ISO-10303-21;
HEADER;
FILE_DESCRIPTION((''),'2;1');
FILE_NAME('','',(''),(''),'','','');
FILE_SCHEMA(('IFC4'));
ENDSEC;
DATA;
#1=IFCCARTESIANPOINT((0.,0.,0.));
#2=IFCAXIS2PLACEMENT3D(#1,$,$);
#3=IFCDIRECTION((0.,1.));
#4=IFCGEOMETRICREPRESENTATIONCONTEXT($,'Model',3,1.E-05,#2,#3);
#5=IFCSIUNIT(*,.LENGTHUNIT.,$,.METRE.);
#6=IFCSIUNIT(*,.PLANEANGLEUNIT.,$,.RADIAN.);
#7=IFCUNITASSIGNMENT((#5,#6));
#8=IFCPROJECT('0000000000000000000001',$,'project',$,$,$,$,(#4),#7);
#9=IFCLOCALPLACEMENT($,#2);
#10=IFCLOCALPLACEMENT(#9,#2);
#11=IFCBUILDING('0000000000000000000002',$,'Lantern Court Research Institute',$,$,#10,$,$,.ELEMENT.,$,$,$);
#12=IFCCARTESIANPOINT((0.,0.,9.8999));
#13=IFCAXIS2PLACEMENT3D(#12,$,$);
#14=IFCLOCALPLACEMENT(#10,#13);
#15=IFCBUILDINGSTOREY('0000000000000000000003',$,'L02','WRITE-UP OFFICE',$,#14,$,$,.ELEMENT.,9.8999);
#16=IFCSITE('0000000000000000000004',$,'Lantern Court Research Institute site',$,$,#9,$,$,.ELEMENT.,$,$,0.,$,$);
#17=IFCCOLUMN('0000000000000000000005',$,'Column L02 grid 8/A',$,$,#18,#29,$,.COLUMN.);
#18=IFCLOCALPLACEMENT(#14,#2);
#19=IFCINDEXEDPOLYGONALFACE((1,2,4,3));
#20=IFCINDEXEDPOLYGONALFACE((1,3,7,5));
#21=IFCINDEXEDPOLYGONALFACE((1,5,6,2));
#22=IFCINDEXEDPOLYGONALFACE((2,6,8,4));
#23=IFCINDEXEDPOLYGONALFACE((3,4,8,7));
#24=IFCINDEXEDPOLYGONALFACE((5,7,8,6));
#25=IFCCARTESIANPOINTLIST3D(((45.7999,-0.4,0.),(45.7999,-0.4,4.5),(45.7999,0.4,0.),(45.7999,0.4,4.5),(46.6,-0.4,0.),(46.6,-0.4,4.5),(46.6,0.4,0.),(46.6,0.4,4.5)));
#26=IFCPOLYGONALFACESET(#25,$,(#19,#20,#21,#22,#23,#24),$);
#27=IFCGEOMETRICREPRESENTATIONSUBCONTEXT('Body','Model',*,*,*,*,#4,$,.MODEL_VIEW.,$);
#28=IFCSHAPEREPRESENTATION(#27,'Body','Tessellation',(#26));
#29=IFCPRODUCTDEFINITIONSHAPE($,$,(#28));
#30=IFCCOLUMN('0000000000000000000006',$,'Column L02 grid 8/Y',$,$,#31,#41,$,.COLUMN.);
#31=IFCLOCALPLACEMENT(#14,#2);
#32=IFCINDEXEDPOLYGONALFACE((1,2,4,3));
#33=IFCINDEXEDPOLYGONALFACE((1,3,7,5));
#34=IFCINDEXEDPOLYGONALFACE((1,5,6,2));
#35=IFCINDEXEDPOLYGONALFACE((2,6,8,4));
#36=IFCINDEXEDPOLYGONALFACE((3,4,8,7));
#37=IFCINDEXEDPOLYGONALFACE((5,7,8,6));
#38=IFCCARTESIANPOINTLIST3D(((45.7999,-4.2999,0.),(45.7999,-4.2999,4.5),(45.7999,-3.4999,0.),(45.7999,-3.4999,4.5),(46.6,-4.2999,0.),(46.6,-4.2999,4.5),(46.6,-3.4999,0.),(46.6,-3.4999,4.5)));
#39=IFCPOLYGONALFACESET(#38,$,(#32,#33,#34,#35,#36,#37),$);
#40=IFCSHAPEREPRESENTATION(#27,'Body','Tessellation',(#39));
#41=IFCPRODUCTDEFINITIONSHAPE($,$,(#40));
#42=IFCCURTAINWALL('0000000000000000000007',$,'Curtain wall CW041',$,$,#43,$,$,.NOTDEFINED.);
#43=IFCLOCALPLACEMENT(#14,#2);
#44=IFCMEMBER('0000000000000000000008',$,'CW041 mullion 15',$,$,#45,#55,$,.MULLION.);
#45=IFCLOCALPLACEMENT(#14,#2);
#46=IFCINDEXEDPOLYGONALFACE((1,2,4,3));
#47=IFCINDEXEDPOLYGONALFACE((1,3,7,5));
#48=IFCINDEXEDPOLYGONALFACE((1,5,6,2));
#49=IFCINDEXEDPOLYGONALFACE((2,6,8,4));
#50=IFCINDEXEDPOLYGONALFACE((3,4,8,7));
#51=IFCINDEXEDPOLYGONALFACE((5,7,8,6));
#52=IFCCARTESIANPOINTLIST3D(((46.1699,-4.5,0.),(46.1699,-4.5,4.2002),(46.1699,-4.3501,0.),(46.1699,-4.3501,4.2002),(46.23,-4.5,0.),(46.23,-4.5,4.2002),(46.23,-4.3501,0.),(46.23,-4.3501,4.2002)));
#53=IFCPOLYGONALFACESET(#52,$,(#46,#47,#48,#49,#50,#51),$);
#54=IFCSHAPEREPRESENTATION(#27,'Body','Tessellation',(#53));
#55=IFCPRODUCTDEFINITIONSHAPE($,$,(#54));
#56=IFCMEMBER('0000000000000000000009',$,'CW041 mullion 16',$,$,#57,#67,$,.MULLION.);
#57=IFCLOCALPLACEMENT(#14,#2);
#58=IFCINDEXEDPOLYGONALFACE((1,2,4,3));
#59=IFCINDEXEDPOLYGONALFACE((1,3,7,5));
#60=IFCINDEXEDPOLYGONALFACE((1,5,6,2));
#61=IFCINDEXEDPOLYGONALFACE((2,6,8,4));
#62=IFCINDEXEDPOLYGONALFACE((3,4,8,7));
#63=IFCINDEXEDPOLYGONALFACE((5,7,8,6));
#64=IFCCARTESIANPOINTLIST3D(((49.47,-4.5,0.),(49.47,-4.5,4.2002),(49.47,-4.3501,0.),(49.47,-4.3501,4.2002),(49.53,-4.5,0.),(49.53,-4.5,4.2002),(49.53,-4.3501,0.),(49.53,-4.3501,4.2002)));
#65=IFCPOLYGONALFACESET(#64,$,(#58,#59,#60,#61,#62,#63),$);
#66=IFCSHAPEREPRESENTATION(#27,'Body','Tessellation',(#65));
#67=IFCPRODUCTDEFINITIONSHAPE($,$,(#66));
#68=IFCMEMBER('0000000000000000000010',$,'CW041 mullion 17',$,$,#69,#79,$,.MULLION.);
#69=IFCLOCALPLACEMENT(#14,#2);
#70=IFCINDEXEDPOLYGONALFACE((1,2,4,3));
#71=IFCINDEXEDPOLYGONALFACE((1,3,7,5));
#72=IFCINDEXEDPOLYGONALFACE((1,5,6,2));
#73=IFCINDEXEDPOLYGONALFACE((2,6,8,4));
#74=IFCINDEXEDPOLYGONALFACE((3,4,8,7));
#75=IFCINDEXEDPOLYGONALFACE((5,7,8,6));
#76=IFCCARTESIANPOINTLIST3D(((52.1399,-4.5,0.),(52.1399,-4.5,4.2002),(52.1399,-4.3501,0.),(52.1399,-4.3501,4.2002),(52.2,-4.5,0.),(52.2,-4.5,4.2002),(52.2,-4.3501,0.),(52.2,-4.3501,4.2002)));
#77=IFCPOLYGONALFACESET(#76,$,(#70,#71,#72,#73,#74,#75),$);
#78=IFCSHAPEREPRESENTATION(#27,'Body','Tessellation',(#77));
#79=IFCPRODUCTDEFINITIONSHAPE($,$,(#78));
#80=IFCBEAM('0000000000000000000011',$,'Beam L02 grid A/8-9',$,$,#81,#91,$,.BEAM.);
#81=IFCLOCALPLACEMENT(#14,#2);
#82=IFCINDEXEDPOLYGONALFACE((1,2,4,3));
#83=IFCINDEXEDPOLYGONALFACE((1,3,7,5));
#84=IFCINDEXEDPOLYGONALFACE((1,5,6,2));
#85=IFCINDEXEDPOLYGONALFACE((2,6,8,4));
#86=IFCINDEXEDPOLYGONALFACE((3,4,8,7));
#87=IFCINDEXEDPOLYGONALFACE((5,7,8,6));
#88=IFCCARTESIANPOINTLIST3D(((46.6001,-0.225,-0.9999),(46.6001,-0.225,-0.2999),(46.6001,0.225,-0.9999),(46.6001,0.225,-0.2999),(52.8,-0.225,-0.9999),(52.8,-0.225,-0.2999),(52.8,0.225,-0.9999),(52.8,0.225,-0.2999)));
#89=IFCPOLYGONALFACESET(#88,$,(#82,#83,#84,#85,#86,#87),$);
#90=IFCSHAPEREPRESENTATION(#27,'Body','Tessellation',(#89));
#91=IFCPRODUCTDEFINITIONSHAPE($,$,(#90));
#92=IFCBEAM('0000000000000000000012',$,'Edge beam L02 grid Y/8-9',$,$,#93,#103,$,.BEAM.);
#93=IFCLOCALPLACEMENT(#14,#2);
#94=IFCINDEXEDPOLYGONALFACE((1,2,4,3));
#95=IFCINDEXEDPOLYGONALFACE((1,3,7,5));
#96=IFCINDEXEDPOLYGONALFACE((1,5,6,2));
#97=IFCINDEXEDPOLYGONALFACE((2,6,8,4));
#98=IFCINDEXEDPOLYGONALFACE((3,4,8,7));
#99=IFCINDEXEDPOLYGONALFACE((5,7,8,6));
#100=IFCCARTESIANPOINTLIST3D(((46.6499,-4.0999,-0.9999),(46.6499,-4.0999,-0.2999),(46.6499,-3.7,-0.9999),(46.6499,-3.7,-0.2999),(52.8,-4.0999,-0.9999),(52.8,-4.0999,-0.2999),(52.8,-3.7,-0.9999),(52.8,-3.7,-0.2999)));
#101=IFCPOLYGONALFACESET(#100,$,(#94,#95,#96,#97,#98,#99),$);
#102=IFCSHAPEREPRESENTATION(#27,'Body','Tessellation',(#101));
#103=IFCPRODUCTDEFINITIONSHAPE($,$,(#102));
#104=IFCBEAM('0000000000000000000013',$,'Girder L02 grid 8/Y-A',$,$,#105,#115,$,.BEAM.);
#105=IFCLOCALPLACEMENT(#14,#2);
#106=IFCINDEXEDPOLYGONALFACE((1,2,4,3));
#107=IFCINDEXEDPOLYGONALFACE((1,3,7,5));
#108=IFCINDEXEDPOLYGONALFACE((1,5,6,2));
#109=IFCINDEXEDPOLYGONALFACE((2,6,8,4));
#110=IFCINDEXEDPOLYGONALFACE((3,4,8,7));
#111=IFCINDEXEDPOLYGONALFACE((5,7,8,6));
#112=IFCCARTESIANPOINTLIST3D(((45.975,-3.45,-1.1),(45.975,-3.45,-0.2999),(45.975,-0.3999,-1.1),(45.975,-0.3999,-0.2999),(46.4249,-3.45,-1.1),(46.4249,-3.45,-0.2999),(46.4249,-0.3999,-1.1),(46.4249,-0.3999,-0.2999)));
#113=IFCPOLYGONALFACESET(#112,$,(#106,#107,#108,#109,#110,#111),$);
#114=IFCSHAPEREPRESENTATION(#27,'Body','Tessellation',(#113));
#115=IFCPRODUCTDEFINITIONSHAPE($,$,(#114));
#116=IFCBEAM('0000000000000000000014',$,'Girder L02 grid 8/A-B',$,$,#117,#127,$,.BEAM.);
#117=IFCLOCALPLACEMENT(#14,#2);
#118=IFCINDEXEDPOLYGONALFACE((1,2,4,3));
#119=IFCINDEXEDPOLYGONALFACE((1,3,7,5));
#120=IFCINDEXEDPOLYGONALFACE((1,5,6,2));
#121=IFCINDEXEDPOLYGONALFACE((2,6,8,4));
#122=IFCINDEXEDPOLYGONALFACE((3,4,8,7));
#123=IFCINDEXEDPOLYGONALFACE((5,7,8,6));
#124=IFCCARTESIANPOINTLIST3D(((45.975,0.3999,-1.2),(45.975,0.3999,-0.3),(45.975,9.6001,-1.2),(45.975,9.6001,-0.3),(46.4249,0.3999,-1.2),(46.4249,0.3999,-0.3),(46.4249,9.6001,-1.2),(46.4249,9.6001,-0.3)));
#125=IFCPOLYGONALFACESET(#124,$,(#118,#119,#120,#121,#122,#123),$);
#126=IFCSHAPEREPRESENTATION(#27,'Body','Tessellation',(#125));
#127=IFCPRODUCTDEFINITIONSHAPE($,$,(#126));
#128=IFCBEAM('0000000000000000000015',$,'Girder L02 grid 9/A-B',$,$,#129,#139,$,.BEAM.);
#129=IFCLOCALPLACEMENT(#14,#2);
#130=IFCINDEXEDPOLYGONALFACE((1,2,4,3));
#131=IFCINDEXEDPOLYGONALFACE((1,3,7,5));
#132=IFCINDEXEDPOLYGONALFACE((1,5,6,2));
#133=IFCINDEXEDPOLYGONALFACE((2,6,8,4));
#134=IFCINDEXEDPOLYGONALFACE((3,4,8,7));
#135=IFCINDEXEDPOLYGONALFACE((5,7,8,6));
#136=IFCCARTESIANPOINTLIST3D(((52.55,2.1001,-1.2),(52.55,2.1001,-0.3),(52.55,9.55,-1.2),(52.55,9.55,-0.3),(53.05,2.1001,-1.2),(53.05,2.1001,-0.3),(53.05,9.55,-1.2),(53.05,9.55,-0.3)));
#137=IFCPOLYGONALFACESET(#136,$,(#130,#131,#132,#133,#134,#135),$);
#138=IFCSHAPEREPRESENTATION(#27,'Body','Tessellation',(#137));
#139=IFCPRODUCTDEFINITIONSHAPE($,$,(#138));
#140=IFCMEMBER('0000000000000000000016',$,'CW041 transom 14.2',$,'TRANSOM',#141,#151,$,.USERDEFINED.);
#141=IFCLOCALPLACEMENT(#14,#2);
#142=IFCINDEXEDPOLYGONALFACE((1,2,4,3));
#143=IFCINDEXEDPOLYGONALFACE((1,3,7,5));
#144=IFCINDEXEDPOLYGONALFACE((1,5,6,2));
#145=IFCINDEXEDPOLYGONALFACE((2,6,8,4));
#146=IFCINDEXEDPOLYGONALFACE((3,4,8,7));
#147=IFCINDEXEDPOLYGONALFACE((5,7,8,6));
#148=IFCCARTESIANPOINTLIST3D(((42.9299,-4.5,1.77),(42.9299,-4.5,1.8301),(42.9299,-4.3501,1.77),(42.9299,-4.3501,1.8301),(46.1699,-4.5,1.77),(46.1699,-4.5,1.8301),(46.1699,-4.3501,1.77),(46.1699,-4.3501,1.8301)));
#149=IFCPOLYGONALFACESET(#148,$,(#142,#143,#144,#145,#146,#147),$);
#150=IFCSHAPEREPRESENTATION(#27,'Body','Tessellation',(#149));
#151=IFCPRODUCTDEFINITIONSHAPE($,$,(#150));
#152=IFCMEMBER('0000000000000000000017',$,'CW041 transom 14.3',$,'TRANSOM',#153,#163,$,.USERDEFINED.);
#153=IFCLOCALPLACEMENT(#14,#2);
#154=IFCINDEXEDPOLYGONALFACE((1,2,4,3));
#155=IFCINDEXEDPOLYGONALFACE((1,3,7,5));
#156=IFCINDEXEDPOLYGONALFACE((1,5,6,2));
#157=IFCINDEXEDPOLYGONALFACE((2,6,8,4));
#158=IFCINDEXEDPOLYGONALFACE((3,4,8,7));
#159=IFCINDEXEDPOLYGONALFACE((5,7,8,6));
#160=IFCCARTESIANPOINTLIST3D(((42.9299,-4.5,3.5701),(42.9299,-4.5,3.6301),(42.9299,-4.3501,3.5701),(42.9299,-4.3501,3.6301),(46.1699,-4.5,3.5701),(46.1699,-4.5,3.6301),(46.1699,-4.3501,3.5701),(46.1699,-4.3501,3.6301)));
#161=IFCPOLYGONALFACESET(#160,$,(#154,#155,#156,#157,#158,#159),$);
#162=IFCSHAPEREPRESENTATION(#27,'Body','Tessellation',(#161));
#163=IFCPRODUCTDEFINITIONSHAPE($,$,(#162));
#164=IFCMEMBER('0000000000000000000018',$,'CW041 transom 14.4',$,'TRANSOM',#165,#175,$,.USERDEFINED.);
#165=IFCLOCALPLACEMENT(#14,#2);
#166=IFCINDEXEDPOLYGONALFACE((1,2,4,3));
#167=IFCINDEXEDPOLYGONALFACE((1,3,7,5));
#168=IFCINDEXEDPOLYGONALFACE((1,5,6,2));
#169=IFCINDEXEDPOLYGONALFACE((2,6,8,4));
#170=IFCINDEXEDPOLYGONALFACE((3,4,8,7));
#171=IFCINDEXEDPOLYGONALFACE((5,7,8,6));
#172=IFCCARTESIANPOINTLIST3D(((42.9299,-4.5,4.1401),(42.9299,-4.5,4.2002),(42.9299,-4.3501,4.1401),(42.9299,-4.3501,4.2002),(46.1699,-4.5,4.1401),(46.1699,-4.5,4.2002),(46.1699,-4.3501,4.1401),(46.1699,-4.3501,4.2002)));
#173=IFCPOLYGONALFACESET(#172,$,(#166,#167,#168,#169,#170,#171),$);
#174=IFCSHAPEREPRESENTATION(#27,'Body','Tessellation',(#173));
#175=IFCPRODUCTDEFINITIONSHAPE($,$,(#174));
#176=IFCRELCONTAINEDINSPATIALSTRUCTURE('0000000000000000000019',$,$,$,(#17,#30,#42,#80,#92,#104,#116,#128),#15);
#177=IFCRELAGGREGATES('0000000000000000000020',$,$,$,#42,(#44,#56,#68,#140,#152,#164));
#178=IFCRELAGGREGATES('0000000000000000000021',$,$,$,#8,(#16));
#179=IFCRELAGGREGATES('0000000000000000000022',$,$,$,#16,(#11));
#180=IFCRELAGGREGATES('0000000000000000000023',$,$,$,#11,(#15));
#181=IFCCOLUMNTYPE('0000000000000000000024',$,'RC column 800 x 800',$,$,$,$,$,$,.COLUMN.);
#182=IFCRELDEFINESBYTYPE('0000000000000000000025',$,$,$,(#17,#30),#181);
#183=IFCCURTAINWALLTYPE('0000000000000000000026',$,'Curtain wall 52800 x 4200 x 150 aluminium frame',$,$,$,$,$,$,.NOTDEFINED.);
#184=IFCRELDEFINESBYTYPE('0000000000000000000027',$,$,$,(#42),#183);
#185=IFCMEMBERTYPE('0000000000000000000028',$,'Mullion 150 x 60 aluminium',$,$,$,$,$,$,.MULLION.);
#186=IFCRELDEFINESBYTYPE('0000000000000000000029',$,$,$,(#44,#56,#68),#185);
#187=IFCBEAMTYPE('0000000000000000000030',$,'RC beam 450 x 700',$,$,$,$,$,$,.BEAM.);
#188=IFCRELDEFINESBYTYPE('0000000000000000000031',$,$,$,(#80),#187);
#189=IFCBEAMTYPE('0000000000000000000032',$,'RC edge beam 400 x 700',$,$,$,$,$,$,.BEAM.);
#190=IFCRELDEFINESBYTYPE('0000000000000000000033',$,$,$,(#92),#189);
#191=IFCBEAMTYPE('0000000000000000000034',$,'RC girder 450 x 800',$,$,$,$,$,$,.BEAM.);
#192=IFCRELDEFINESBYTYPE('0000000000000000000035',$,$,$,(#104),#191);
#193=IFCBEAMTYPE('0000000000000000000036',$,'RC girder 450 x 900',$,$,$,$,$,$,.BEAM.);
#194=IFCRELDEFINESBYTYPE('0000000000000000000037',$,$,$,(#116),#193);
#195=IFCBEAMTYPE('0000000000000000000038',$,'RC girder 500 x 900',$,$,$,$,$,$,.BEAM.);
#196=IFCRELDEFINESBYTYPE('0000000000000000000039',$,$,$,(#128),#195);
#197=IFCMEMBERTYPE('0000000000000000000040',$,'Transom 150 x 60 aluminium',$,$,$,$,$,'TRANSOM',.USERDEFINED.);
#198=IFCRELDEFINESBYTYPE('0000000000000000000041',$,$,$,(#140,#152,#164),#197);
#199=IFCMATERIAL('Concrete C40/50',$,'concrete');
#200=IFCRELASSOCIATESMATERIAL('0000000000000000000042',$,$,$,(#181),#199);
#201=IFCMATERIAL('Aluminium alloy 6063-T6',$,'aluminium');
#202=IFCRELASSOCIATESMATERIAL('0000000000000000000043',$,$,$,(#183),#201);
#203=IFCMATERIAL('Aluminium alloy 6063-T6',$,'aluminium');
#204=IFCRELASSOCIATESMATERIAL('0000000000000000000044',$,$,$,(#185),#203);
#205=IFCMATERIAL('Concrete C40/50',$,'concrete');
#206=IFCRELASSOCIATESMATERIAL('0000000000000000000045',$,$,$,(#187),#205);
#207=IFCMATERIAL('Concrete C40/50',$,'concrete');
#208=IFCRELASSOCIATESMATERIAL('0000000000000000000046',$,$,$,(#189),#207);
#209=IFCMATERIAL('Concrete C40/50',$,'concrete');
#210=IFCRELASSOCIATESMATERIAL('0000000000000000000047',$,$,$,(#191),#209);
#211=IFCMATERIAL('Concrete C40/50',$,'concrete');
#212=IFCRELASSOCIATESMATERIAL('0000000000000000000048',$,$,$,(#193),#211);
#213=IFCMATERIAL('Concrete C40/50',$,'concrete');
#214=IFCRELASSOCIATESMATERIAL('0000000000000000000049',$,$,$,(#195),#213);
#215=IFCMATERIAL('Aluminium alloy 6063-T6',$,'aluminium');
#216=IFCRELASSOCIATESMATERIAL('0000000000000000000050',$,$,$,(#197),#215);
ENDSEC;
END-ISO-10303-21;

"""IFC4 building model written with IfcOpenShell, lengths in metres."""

from ifc_helpers import new_model, si_unit, direction, frame, origin, origin_2d, place, context, subcontext, project, spatial, rectangle, extrude, material, material_profile, profile_set, type_object, element, aggregate, save


model = new_model("IFC4")

# Units and contexts
model_context = context("Model", 3, precision=1e-05, world=origin(), true_north=direction((0.0, 1.0)))
body_context = subcontext(model_context, "Body", "Model", "MODEL_VIEW")
ifc_project = project(units=[si_unit("LENGTHUNIT", "METRE"), si_unit("PLANEANGLEUNIT", "RADIAN")], contexts=[model_context])

# Site, building, storey
site_placement = place(None, origin())
site = spatial("IfcSite", under=ifc_project, at=site_placement, Name="Lantern Court Research Institute site", CompositionType="ELEMENT", RefElevation=0.0)
building_placement = place(site_placement, origin())
building = spatial("IfcBuilding", under=site, at=building_placement, Name="Lantern Court Research Institute", CompositionType="ELEMENT")
storey_placement = place(building_placement, frame((0.0, 0.0, 9.8999)))
storey = spatial("IfcBuildingStorey", under=building, at=storey_placement, Name="L02", Description="WRITE-UP OFFICE", CompositionType="ELEMENT", Elevation=9.8999)

# Columns
ifc_material_1 = material(Name="Concrete C40/50", Category="concrete")
ifc_material_profile_1 = material_profile(ifc_material_1, rectangle(XDim=0.8, YDim=0.8, at=origin_2d()), Name="RC column 800 x 800")
ifc_profile_set_1 = profile_set([ifc_material_profile_1], Name="Concrete C40/50")
column_type = type_object("IfcColumnType", Name="RC column 800 x 800", PredefinedType="COLUMN", material=ifc_profile_set_1)
for number, where, z_axis, x_axis, name in (
    (1, (46.2, 0.0, 0.0), (0.0, 0.0, 1.0), (1.0, 0.0, 0.0), "Column L02 grid 8/A"),
    (2, (46.2, -3.8999, 0.0), (0.0, 0.0, 1.0), (1.0, 0.0, 0.0), "Column L02 grid 8/Y"),
):
    element("IfcColumn", number, at=place(storey_placement, frame(where, z_axis=z_axis, x_axis=x_axis)), inside=storey, type_object=column_type, Name=name, PredefinedType="COLUMN", context=body_context, shape_type="SweptSolid", body=[
        extrude(rectangle(XDim=0.8, YDim=0.8, at=origin_2d()), origin(), (0.0, 0.0, 1.0), 4.5),
    ])

# Curtain wall, members
ifc_material_2 = material(Name="Aluminium alloy 6063-T6", Category="aluminium")
curtain_wall_type = type_object("IfcCurtainWallType", Name="Curtain wall 52800 x 4200 x 150 aluminium frame", PredefinedType="NOTDEFINED", material=ifc_material_2)
curtain_wall_placement = place(storey_placement, origin())
curtain_wall = element("IfcCurtainWall", 3, at=curtain_wall_placement, inside=storey, type_object=curtain_wall_type, Name="Curtain wall CW041", PredefinedType="NOTDEFINED")
ifc_material_3 = material(Name="Aluminium alloy 6063-T6", Category="aluminium")
ifc_material_profile_2 = material_profile(ifc_material_3, rectangle(XDim=0.1499, YDim=0.0601, at=origin_2d()), Name="Mullion 150 x 60")
ifc_profile_set_2 = profile_set([ifc_material_profile_2], Name="Aluminium alloy 6063-T6")
member_type_1 = type_object("IfcMemberType", Name="Mullion 150 x 60 aluminium", PredefinedType="MULLION", material=ifc_profile_set_2)
member_1_placement = place(storey_placement, frame((46.2, -4.425, 0.0), z_axis=(0.0, 0.0, 1.0), x_axis=(0.0, -1.0, 0.0)))
member_1 = element("IfcMember", 4, at=member_1_placement, type_object=member_type_1, Name="CW041 mullion 15", PredefinedType="MULLION", context=body_context, shape_type="SweptSolid", body=[
    extrude(rectangle(XDim=0.1499, YDim=0.0601, at=origin_2d()), origin(), (0.0, 0.0, 1.0), 4.2002),
])
member_2_placement = place(storey_placement, frame((49.5, -4.425, 0.0), z_axis=(0.0, 0.0, 1.0), x_axis=(0.0, -1.0, 0.0)))
member_2 = element("IfcMember", 5, at=member_2_placement, type_object=member_type_1, Name="CW041 mullion 16", PredefinedType="MULLION", context=body_context, shape_type="SweptSolid", body=[
    extrude(rectangle(XDim=0.1499, YDim=0.0601, at=origin_2d()), origin(), (0.0, 0.0, 1.0), 4.2002),
])
member_3_placement = place(storey_placement, frame((52.1699, -4.425, 0.0), z_axis=(0.0, 0.0, 1.0), x_axis=(0.0, -1.0, 0.0)))
member_3 = element("IfcMember", 6, at=member_3_placement, type_object=member_type_1, Name="CW041 mullion 17", PredefinedType="MULLION", context=body_context, shape_type="SweptSolid", body=[
    extrude(rectangle(XDim=0.1499, YDim=0.0601, at=origin_2d()), origin(), (0.0, 0.0, 1.0), 4.2002),
])

# Beams
ifc_material_4 = material(Name="Concrete C40/50", Category="concrete")
ifc_material_profile_3 = material_profile(ifc_material_4, rectangle(XDim=0.45, YDim=0.7, at=origin_2d()), Name="RC beam 450 x 700")
ifc_profile_set_3 = profile_set([ifc_material_profile_3], Name="Concrete C40/50")
beam_type_1 = type_object("IfcBeamType", Name="RC beam 450 x 700", PredefinedType="BEAM", material=ifc_profile_set_3)
beam_1_placement = place(storey_placement, frame((46.6001, 0.0, -0.6499), z_axis=(1.0, 0.0, 0.0), x_axis=(0.0, 1.0, 0.0)))
element("IfcBeam", 7, at=beam_1_placement, inside=storey, type_object=beam_type_1, Name="Beam L02 grid A/8-9", PredefinedType="BEAM", context=body_context, shape_type="SweptSolid", body=[
    extrude(rectangle(XDim=0.45, YDim=0.7, at=origin_2d()), origin(), (0.0, 0.0, 1.0), 6.2),
])
ifc_material_5 = material(Name="Concrete C40/50", Category="concrete")
ifc_material_profile_4 = material_profile(ifc_material_5, rectangle(XDim=0.3999, YDim=0.7, at=origin_2d()), Name="RC beam 400 x 700")
ifc_profile_set_4 = profile_set([ifc_material_profile_4], Name="Concrete C40/50")
beam_type_2 = type_object("IfcBeamType", Name="RC edge beam 400 x 700", PredefinedType="BEAM", material=ifc_profile_set_4)
beam_2_placement = place(storey_placement, frame((46.6499, -3.8999, -0.6499), z_axis=(1.0, 0.0, 0.0), x_axis=(0.0, 1.0, 0.0)))
element("IfcBeam", 8, at=beam_2_placement, inside=storey, type_object=beam_type_2, Name="Edge beam L02 grid Y/8-9", PredefinedType="BEAM", context=body_context, shape_type="SweptSolid", body=[
    extrude(rectangle(XDim=0.3999, YDim=0.7, at=origin_2d()), origin(), (0.0, 0.0, 1.0), 6.1501),
])
ifc_material_6 = material(Name="Concrete C40/50", Category="concrete")
ifc_material_profile_5 = material_profile(ifc_material_6, rectangle(XDim=0.45, YDim=0.8, at=origin_2d()), Name="RC beam 450 x 800")
ifc_profile_set_5 = profile_set([ifc_material_profile_5], Name="Concrete C40/50")
beam_type_3 = type_object("IfcBeamType", Name="RC girder 450 x 800", PredefinedType="BEAM", material=ifc_profile_set_5)
beam_3_placement = place(storey_placement, frame((46.2, -3.45, -0.7), z_axis=(0.0, 1.0, 0.0), x_axis=(-1.0, 0.0, 0.0)))
element("IfcBeam", 9, at=beam_3_placement, inside=storey, type_object=beam_type_3, Name="Girder L02 grid 8/Y-A", PredefinedType="BEAM", context=body_context, shape_type="SweptSolid", body=[
    extrude(rectangle(XDim=0.45, YDim=0.8, at=origin_2d()), origin(), (0.0, 0.0, 1.0), 3.05),
])
ifc_material_7 = material(Name="Concrete C40/50", Category="concrete")
ifc_material_profile_6 = material_profile(ifc_material_7, rectangle(XDim=0.45, YDim=0.8999, at=origin_2d()), Name="RC beam 450 x 900")
ifc_profile_set_6 = profile_set([ifc_material_profile_6], Name="Concrete C40/50")
beam_type_4 = type_object("IfcBeamType", Name="RC girder 450 x 900", PredefinedType="BEAM", material=ifc_profile_set_6)
beam_4_placement = place(storey_placement, frame((46.2, 0.3999, -0.75), z_axis=(0.0, 1.0, 0.0), x_axis=(-1.0, 0.0, 0.0)))
element("IfcBeam", 10, at=beam_4_placement, inside=storey, type_object=beam_type_4, Name="Girder L02 grid 8/A-B", PredefinedType="BEAM", context=body_context, shape_type="SweptSolid", body=[
    extrude(rectangle(XDim=0.45, YDim=0.8999, at=origin_2d()), origin(), (0.0, 0.0, 1.0), 9.2002),
])
ifc_material_8 = material(Name="Concrete C40/50", Category="concrete")
ifc_material_profile_7 = material_profile(ifc_material_8, rectangle(XDim=0.5, YDim=0.8999, at=origin_2d()), Name="RC beam 500 x 900")
ifc_profile_set_7 = profile_set([ifc_material_profile_7], Name="Concrete C40/50")
beam_type_5 = type_object("IfcBeamType", Name="RC girder 500 x 900", PredefinedType="BEAM", material=ifc_profile_set_7)
beam_5_placement = place(storey_placement, frame((52.8, 2.1001, -0.75), z_axis=(0.0, 1.0, 0.0), x_axis=(-1.0, 0.0, 0.0)))
element("IfcBeam", 11, at=beam_5_placement, inside=storey, type_object=beam_type_5, Name="Girder L02 grid 9/A-B", PredefinedType="BEAM", context=body_context, shape_type="SweptSolid", body=[
    extrude(rectangle(XDim=0.5, YDim=0.8999, at=origin_2d()), origin(), (0.0, 0.0, 1.0), 7.45),
])

# Members
ifc_material_9 = material(Name="Aluminium alloy 6063-T6", Category="aluminium")
ifc_material_profile_8 = material_profile(ifc_material_9, rectangle(XDim=0.1499, YDim=0.0601, at=origin_2d()), Name="Transom 150 x 60")
ifc_profile_set_8 = profile_set([ifc_material_profile_8], Name="Aluminium alloy 6063-T6")
member_type_2 = type_object("IfcMemberType", Name="Transom 150 x 60 aluminium", ElementType="TRANSOM", PredefinedType="USERDEFINED", material=ifc_profile_set_8)
member_4_placement = place(storey_placement, frame((46.1699, -4.425, 1.8), z_axis=(-1.0, 0.0, 0.0), x_axis=(0.0, -1.0, 0.0)))
member_4 = element("IfcMember", 12, at=member_4_placement, type_object=member_type_2, Name="CW041 transom 14.2", ObjectType="TRANSOM", PredefinedType="USERDEFINED", context=body_context, shape_type="SweptSolid", body=[
    extrude(rectangle(XDim=0.1499, YDim=0.0601, at=origin_2d()), origin(), (0.0, 0.0, 1.0), 3.24),
])
member_5_placement = place(storey_placement, frame((46.1699, -4.425, 3.6001), z_axis=(-1.0, 0.0, 0.0), x_axis=(0.0, -1.0, 0.0)))
member_5 = element("IfcMember", 13, at=member_5_placement, type_object=member_type_2, Name="CW041 transom 14.3", ObjectType="TRANSOM", PredefinedType="USERDEFINED", context=body_context, shape_type="SweptSolid", body=[
    extrude(rectangle(XDim=0.1499, YDim=0.0601, at=origin_2d()), origin(), (0.0, 0.0, 1.0), 3.24),
])
member_6_placement = place(storey_placement, frame((46.1699, -4.425, 4.1702), z_axis=(-1.0, 0.0, 0.0), x_axis=(0.0, -1.0, 0.0)))
member_6 = element("IfcMember", 14, at=member_6_placement, type_object=member_type_2, Name="CW041 transom 14.4", ObjectType="TRANSOM", PredefinedType="USERDEFINED", context=body_context, shape_type="SweptSolid", body=[
    extrude(rectangle(XDim=0.1499, YDim=0.0601, at=origin_2d()), origin(), (0.0, 0.0, 1.0), 3.24),
])

aggregate(curtain_wall, [member_1, member_2, member_3, member_4, member_5, member_6])

save(model, "model.ifc")
